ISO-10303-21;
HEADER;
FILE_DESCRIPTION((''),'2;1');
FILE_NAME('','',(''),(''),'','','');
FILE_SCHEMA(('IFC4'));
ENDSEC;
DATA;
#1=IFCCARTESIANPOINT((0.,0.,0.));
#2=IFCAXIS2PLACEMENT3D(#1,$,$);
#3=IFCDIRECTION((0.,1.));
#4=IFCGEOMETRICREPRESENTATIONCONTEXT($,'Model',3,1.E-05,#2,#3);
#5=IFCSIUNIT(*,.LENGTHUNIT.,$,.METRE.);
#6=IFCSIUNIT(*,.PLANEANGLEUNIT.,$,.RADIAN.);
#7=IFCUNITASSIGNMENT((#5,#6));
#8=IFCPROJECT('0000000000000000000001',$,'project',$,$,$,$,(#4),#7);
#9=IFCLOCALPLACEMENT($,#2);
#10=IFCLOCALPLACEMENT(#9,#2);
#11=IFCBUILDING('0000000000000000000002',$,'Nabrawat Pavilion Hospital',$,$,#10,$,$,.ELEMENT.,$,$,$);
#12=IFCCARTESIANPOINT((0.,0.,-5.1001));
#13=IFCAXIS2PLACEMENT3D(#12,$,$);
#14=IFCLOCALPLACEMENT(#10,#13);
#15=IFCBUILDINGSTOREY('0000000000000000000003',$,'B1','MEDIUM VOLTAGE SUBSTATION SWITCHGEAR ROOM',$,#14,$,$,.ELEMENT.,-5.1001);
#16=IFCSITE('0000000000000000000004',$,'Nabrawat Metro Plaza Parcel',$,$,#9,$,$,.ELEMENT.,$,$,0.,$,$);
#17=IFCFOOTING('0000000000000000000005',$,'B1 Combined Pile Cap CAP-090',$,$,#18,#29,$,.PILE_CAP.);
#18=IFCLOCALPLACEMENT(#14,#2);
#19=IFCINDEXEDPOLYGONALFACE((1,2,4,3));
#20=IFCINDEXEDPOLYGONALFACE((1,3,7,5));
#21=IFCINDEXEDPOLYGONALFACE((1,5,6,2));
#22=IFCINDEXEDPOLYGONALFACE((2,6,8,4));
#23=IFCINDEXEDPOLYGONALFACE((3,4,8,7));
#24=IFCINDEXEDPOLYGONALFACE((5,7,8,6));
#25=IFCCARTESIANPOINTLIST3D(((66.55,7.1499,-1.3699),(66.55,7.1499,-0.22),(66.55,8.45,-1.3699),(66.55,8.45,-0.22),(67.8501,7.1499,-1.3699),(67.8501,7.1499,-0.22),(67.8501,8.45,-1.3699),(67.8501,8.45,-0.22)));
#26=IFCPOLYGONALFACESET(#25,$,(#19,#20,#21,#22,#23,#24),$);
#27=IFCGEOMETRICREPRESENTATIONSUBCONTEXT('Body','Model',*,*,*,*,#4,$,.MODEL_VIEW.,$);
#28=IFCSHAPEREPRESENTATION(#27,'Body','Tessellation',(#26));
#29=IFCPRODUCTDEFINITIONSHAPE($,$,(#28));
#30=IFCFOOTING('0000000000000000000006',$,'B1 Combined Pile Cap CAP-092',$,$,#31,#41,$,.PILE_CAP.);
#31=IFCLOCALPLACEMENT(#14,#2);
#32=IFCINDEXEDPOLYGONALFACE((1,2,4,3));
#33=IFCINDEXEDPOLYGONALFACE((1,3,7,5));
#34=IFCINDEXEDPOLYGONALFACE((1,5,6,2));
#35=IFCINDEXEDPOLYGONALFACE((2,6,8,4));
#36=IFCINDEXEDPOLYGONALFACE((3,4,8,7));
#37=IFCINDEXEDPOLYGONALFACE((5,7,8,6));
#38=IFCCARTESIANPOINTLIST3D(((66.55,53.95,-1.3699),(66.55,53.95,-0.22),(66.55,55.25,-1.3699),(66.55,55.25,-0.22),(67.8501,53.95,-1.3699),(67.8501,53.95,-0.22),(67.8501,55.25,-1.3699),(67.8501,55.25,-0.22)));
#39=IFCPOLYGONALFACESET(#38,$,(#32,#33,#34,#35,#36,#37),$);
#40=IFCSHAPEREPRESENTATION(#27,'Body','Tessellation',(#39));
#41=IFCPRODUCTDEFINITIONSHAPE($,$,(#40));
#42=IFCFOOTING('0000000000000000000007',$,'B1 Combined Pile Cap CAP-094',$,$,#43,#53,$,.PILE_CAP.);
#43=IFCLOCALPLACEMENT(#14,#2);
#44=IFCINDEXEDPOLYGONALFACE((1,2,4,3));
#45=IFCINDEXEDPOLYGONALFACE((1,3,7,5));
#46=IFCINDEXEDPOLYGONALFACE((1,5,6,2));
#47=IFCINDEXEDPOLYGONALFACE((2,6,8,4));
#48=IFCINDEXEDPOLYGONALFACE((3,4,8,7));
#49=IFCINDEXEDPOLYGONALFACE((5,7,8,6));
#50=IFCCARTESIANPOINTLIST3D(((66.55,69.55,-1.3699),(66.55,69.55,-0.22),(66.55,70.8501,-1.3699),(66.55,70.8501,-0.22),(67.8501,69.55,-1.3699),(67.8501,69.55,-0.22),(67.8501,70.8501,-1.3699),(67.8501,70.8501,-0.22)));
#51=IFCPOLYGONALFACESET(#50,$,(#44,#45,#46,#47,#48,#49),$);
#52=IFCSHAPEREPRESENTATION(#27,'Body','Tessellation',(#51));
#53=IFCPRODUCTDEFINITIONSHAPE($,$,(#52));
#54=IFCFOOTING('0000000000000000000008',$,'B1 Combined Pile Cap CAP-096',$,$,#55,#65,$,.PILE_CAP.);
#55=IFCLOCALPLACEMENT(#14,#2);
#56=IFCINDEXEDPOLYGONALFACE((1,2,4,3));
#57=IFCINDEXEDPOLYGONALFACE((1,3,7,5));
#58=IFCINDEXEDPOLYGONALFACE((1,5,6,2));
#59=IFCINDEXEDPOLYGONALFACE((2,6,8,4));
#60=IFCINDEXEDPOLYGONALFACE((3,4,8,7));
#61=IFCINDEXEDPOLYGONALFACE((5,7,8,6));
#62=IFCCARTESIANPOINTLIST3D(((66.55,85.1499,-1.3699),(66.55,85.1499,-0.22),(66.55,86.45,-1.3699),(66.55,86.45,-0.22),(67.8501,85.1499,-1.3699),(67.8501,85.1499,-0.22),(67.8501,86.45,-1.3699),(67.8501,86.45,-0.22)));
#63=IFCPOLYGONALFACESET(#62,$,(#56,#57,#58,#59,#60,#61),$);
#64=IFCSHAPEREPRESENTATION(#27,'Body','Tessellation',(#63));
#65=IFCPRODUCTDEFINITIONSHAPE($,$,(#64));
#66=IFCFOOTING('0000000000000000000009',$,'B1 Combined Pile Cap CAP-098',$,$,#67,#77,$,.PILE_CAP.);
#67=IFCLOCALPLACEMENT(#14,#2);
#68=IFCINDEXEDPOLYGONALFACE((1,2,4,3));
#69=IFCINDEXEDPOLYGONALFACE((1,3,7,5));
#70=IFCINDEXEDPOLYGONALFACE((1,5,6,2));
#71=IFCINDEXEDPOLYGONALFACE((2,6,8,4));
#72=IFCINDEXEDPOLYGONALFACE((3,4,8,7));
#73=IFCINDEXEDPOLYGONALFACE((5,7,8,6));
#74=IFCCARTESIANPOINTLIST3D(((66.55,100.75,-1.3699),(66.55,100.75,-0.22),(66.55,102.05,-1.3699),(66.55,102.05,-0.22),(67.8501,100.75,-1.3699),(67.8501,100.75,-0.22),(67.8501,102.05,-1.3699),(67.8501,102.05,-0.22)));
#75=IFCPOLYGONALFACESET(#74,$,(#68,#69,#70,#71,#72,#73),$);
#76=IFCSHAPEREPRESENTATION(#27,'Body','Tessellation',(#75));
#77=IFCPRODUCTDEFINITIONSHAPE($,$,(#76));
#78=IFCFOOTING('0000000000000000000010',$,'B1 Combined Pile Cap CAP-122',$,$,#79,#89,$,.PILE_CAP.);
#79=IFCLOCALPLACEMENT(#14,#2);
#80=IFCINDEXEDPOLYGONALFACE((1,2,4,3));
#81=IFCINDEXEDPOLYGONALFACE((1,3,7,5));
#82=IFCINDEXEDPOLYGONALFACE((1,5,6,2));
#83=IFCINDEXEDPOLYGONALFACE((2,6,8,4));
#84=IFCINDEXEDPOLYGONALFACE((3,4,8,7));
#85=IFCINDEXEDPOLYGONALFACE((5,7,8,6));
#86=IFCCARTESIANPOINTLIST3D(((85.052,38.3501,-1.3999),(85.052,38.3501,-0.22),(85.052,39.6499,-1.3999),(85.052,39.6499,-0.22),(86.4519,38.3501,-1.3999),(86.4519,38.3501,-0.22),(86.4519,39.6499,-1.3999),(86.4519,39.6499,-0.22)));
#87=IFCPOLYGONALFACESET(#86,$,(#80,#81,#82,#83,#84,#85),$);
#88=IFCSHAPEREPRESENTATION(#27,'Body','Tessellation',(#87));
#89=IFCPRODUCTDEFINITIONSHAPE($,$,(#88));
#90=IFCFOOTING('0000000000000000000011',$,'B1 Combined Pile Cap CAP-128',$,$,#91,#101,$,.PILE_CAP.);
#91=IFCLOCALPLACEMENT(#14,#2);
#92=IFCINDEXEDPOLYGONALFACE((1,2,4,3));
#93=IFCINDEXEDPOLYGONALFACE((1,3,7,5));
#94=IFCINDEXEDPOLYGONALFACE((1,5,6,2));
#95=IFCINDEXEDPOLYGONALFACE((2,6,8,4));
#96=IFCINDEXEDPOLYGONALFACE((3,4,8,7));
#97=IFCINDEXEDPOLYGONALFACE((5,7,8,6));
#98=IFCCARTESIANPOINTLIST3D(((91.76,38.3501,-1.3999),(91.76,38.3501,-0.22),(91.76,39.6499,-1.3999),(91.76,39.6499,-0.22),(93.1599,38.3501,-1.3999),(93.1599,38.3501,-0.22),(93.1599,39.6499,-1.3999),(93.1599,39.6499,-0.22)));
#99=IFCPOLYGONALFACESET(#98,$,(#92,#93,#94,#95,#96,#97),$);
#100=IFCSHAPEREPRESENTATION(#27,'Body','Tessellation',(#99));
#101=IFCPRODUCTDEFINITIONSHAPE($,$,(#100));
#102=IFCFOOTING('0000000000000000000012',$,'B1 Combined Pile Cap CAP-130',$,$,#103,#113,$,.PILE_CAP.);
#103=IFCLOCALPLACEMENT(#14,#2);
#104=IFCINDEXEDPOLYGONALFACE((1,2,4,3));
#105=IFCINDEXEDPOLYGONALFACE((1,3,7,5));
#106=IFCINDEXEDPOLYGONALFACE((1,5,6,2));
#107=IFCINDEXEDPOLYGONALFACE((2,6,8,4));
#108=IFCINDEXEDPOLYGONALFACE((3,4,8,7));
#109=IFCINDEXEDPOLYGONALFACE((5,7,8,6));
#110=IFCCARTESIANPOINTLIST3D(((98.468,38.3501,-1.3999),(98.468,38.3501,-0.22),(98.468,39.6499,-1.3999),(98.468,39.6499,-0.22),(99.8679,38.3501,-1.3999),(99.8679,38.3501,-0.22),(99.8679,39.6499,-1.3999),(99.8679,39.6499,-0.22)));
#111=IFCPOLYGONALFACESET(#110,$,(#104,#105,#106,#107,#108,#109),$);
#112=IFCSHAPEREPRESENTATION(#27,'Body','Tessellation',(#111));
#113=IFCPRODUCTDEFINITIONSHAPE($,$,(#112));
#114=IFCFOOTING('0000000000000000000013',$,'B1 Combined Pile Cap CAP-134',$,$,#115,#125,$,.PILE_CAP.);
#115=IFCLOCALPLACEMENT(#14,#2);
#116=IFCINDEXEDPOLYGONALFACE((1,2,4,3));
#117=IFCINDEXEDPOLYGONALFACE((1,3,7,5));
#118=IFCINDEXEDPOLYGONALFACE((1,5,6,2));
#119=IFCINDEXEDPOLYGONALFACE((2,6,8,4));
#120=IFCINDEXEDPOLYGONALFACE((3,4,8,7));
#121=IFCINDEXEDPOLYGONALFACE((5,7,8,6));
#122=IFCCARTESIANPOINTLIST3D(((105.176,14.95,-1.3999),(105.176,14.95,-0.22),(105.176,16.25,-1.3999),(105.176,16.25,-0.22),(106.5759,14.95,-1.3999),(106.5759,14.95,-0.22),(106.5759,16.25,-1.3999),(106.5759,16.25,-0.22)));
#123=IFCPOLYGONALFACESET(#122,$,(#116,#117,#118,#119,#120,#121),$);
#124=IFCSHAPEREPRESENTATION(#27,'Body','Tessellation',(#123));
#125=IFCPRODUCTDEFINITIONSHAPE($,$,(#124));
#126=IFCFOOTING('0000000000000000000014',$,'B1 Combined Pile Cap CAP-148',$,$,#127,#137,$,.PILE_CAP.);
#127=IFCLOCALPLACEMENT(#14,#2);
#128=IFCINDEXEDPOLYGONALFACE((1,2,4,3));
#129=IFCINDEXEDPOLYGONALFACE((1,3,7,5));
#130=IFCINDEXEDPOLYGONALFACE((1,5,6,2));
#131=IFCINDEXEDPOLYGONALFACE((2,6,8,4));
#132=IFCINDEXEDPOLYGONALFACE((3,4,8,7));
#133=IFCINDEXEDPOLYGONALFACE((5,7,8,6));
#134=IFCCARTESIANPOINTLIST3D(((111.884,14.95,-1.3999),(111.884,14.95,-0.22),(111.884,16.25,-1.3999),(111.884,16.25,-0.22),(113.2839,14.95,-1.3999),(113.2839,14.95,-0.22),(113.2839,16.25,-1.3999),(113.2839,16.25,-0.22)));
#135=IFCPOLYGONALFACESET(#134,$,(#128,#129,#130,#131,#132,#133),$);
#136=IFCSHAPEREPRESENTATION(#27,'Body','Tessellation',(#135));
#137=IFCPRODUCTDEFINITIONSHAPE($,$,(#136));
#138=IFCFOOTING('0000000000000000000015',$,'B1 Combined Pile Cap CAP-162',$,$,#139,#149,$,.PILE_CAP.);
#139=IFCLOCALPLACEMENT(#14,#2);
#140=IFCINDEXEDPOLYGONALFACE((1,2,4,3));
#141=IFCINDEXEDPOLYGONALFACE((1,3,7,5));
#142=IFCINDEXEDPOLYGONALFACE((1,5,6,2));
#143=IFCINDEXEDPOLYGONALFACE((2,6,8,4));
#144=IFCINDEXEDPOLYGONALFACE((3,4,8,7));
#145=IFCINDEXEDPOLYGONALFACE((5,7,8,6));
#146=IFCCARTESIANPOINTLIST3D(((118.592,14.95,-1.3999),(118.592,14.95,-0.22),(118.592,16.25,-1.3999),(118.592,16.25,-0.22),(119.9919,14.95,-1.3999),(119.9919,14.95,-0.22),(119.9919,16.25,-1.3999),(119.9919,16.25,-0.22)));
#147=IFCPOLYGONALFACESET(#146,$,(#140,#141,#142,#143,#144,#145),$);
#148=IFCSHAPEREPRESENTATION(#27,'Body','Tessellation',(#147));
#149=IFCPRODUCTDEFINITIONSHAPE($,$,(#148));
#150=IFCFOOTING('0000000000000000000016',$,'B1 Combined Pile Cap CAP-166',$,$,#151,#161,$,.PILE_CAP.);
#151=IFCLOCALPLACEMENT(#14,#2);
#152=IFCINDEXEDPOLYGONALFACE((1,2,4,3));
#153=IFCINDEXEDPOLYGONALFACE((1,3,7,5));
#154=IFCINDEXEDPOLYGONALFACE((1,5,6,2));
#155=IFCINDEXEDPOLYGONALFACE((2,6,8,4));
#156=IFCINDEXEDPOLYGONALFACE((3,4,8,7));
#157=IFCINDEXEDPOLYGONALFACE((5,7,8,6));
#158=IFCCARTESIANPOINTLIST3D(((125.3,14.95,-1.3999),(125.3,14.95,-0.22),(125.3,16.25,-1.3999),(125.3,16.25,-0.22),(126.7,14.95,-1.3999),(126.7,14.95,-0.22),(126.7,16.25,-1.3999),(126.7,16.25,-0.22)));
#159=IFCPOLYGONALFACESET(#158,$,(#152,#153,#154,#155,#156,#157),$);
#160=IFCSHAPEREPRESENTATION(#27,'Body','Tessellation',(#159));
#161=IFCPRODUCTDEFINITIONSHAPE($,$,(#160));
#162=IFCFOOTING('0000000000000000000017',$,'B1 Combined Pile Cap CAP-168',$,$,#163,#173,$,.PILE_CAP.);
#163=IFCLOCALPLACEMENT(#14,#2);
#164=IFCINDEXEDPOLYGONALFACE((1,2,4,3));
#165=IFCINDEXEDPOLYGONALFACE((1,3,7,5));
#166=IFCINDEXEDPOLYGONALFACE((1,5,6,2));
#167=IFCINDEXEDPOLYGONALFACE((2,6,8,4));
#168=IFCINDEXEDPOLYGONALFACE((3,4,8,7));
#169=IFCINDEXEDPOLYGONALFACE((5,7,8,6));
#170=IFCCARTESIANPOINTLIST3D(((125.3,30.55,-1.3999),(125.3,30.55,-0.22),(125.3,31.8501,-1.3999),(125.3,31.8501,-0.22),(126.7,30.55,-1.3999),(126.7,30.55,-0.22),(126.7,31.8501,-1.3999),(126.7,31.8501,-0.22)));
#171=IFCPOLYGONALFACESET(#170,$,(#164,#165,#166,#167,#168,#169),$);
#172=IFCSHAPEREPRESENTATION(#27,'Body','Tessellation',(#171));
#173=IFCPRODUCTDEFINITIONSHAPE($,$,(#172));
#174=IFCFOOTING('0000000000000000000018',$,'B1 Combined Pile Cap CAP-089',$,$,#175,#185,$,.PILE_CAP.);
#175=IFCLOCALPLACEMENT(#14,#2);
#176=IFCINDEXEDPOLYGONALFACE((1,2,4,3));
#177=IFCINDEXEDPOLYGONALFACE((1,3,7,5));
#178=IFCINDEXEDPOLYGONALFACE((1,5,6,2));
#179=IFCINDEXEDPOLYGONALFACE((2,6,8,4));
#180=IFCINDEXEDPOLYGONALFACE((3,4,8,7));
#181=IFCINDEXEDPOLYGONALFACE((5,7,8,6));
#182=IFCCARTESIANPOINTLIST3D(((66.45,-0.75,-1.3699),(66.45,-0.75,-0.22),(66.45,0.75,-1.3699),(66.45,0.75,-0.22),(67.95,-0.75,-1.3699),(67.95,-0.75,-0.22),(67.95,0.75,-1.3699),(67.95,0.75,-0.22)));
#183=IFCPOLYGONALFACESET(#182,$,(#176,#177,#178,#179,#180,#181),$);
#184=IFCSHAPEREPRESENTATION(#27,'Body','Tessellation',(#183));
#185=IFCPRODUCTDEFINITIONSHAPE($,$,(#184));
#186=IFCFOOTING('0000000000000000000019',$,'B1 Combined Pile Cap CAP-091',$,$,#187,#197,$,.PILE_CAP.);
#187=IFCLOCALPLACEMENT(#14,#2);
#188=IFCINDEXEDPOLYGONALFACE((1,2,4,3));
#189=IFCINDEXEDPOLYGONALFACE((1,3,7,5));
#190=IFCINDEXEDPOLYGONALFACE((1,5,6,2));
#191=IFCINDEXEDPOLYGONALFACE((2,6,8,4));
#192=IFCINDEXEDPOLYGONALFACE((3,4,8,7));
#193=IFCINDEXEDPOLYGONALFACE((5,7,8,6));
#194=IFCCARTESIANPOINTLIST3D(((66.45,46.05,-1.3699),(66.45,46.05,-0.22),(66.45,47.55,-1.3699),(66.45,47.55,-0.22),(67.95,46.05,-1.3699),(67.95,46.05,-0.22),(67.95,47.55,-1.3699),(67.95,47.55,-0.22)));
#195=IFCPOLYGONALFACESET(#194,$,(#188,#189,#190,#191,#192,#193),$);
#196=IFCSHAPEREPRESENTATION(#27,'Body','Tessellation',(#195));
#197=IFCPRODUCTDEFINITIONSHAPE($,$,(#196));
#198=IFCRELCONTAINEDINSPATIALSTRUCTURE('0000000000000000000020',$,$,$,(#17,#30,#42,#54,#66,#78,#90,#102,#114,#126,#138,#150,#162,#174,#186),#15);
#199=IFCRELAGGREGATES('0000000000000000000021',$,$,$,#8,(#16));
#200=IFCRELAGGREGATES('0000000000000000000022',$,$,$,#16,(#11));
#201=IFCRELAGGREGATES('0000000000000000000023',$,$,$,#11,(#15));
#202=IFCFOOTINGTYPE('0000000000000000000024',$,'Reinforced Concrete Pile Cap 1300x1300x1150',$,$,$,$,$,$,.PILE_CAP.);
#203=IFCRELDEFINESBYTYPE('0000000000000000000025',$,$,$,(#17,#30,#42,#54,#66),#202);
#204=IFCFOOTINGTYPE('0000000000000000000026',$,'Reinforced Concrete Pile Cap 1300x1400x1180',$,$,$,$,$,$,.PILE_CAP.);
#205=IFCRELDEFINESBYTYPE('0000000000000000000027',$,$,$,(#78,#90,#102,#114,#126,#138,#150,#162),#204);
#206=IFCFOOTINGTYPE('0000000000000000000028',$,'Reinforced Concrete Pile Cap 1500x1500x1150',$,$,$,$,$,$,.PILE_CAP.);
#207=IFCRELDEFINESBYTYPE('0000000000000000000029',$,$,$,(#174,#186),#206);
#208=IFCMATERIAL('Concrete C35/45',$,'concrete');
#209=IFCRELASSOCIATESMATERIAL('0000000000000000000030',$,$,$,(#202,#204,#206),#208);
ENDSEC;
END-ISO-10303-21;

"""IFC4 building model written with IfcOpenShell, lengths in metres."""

from ifc_helpers import new_model, si_unit, direction, frame, origin, place, context, subcontext, project, spatial, polyline, outline, extrude, material, type_object, element, save


model = new_model("IFC4")

# Units and contexts
model_context = context("Model", 3, precision=1e-05, world=origin(), true_north=direction((0.0, 1.0)))
body_context = subcontext(model_context, "Body", "Model", "MODEL_VIEW")
ifc_project = project(units=[si_unit("LENGTHUNIT", "METRE"), si_unit("PLANEANGLEUNIT", "RADIAN")], contexts=[model_context])

# Site, building, storey
site_placement = place(None, origin())
site = spatial("IfcSite", under=ifc_project, at=site_placement, Name="Nabrawat Metro Plaza Parcel", CompositionType="ELEMENT", RefElevation=0.0)
building_placement = place(site_placement, origin())
building = spatial("IfcBuilding", under=site, at=building_placement, Name="Nabrawat Pavilion Hospital", CompositionType="ELEMENT")
storey_placement = place(building_placement, frame((0.0, 0.0, -5.1001)))
storey = spatial("IfcBuildingStorey", under=building, at=storey_placement, Name="B1", Description="MEDIUM VOLTAGE SUBSTATION SWITCHGEAR ROOM", CompositionType="ELEMENT", Elevation=-5.1001)

# Footings
ifc_material = material(Name="Concrete C35/45", Category="concrete")
footing_type_1 = type_object("IfcFootingType", Name="Reinforced Concrete Pile Cap 1300x1300x1150", PredefinedType="PILE_CAP", material=ifc_material)
footing_1_placement = place(storey_placement, frame((0.0, 0.0, -1.3699)))
element("IfcFooting", 1, at=footing_1_placement, inside=storey, type_object=footing_type_1, Name="B1 Combined Pile Cap CAP-090", PredefinedType="PILE_CAP", context=body_context, shape_type="SweptSolid", body=[
    extrude(outline(polyline([(67.8501, 7.1499), (67.8501, 8.45), (66.55, 8.45), (66.55, 7.1499), (67.8501, 7.1499)])), origin(), (0.0, 0.0, 1.0), 1.1499),
])
footing_2_placement = place(storey_placement, frame((0.0, 0.0, -1.3699)))
element("IfcFooting", 2, at=footing_2_placement, inside=storey, type_object=footing_type_1, Name="B1 Combined Pile Cap CAP-092", PredefinedType="PILE_CAP", context=body_context, shape_type="SweptSolid", body=[
    extrude(outline(polyline([(67.8501, 53.95), (67.8501, 55.25), (66.55, 55.25), (66.55, 53.95), (67.8501, 53.95)])), origin(), (0.0, 0.0, 1.0), 1.1499),
])
footing_3_placement = place(storey_placement, frame((0.0, 0.0, -1.3699)))
element("IfcFooting", 3, at=footing_3_placement, inside=storey, type_object=footing_type_1, Name="B1 Combined Pile Cap CAP-094", PredefinedType="PILE_CAP", context=body_context, shape_type="SweptSolid", body=[
    extrude(outline(polyline([(67.8501, 69.55), (67.8501, 70.8501), (66.55, 70.8501), (66.55, 69.55), (67.8501, 69.55)])), origin(), (0.0, 0.0, 1.0), 1.1499),
])
footing_4_placement = place(storey_placement, frame((0.0, 0.0, -1.3699)))
element("IfcFooting", 4, at=footing_4_placement, inside=storey, type_object=footing_type_1, Name="B1 Combined Pile Cap CAP-096", PredefinedType="PILE_CAP", context=body_context, shape_type="SweptSolid", body=[
    extrude(outline(polyline([(67.8501, 85.1499), (67.8501, 86.45), (66.55, 86.45), (66.55, 85.1499), (67.8501, 85.1499)])), origin(), (0.0, 0.0, 1.0), 1.1499),
])
footing_5_placement = place(storey_placement, frame((0.0, 0.0, -1.3699)))
element("IfcFooting", 5, at=footing_5_placement, inside=storey, type_object=footing_type_1, Name="B1 Combined Pile Cap CAP-098", PredefinedType="PILE_CAP", context=body_context, shape_type="SweptSolid", body=[
    extrude(outline(polyline([(67.8501, 100.75), (67.8501, 102.05), (66.55, 102.05), (66.55, 100.75), (67.8501, 100.75)])), origin(), (0.0, 0.0, 1.0), 1.1499),
])
footing_type_2 = type_object("IfcFootingType", Name="Reinforced Concrete Pile Cap 1300x1400x1180", PredefinedType="PILE_CAP", material=ifc_material)
footing_6_placement = place(storey_placement, frame((0.0, 0.0, -1.3999)))
element("IfcFooting", 6, at=footing_6_placement, inside=storey, type_object=footing_type_2, Name="B1 Combined Pile Cap CAP-122", PredefinedType="PILE_CAP", context=body_context, shape_type="SweptSolid", body=[
    extrude(outline(polyline([(86.4519, 38.3501), (86.4519, 39.6499), (85.052, 39.6499), (85.052, 38.3501), (86.4519, 38.3501)])), origin(), (0.0, 0.0, 1.0), 1.1799),
])
footing_7_placement = place(storey_placement, frame((0.0, 0.0, -1.3999)))
element("IfcFooting", 7, at=footing_7_placement, inside=storey, type_object=footing_type_2, Name="B1 Combined Pile Cap CAP-128", PredefinedType="PILE_CAP", context=body_context, shape_type="SweptSolid", body=[
    extrude(outline(polyline([(93.1599, 38.3501), (93.1599, 39.6499), (91.76, 39.6499), (91.76, 38.3501), (93.1599, 38.3501)])), origin(), (0.0, 0.0, 1.0), 1.1799),
])
footing_8_placement = place(storey_placement, frame((0.0, 0.0, -1.3999)))
element("IfcFooting", 8, at=footing_8_placement, inside=storey, type_object=footing_type_2, Name="B1 Combined Pile Cap CAP-130", PredefinedType="PILE_CAP", context=body_context, shape_type="SweptSolid", body=[
    extrude(outline(polyline([(99.8679, 38.3501), (99.8679, 39.6499), (98.468, 39.6499), (98.468, 38.3501), (99.8679, 38.3501)])), origin(), (0.0, 0.0, 1.0), 1.1799),
])
footing_9_placement = place(storey_placement, frame((0.0, 0.0, -1.3999)))
element("IfcFooting", 9, at=footing_9_placement, inside=storey, type_object=footing_type_2, Name="B1 Combined Pile Cap CAP-134", PredefinedType="PILE_CAP", context=body_context, shape_type="SweptSolid", body=[
    extrude(outline(polyline([(106.5759, 14.95), (106.5759, 16.25), (105.176, 16.25), (105.176, 14.95), (106.5759, 14.95)])), origin(), (0.0, 0.0, 1.0), 1.1799),
])
footing_10_placement = place(storey_placement, frame((0.0, 0.0, -1.3999)))
element("IfcFooting", 10, at=footing_10_placement, inside=storey, type_object=footing_type_2, Name="B1 Combined Pile Cap CAP-148", PredefinedType="PILE_CAP", context=body_context, shape_type="SweptSolid", body=[
    extrude(outline(polyline([(113.2839, 14.95), (113.2839, 16.25), (111.884, 16.25), (111.884, 14.95), (113.2839, 14.95)])), origin(), (0.0, 0.0, 1.0), 1.1799),
])
footing_11_placement = place(storey_placement, frame((0.0, 0.0, -1.3999)))
element("IfcFooting", 11, at=footing_11_placement, inside=storey, type_object=footing_type_2, Name="B1 Combined Pile Cap CAP-162", PredefinedType="PILE_CAP", context=body_context, shape_type="SweptSolid", body=[
    extrude(outline(polyline([(119.9919, 14.95), (119.9919, 16.25), (118.592, 16.25), (118.592, 14.95), (119.9919, 14.95)])), origin(), (0.0, 0.0, 1.0), 1.1799),
])
footing_12_placement = place(storey_placement, frame((0.0, 0.0, -1.3999)))
element("IfcFooting", 12, at=footing_12_placement, inside=storey, type_object=footing_type_2, Name="B1 Combined Pile Cap CAP-166", PredefinedType="PILE_CAP", context=body_context, shape_type="SweptSolid", body=[
    extrude(outline(polyline([(126.7, 14.95), (126.7, 16.25), (125.3, 16.25), (125.3, 14.95), (126.7, 14.95)])), origin(), (0.0, 0.0, 1.0), 1.1799),
])
footing_13_placement = place(storey_placement, frame((0.0, 0.0, -1.3999)))
element("IfcFooting", 13, at=footing_13_placement, inside=storey, type_object=footing_type_2, Name="B1 Combined Pile Cap CAP-168", PredefinedType="PILE_CAP", context=body_context, shape_type="SweptSolid", body=[
    extrude(outline(polyline([(126.7, 30.55), (126.7, 31.8501), (125.3, 31.8501), (125.3, 30.55), (126.7, 30.55)])), origin(), (0.0, 0.0, 1.0), 1.1799),
])
footing_type_3 = type_object("IfcFootingType", Name="Reinforced Concrete Pile Cap 1500x1500x1150", PredefinedType="PILE_CAP", material=ifc_material)
footing_14_placement = place(storey_placement, frame((0.0, 0.0, -1.3699)))
element("IfcFooting", 14, at=footing_14_placement, inside=storey, type_object=footing_type_3, Name="B1 Combined Pile Cap CAP-089", PredefinedType="PILE_CAP", context=body_context, shape_type="SweptSolid", body=[
    extrude(outline(polyline([(67.95, -0.75), (67.95, 0.75), (66.45, 0.75), (66.45, -0.75), (67.95, -0.75)])), origin(), (0.0, 0.0, 1.0), 1.1499),
])
footing_15_placement = place(storey_placement, frame((0.0, 0.0, -1.3699)))
element("IfcFooting", 15, at=footing_15_placement, inside=storey, type_object=footing_type_3, Name="B1 Combined Pile Cap CAP-091", PredefinedType="PILE_CAP", context=body_context, shape_type="SweptSolid", body=[
    extrude(outline(polyline([(67.95, 46.05), (67.95, 47.55), (66.45, 47.55), (66.45, 46.05), (67.95, 46.05)])), origin(), (0.0, 0.0, 1.0), 1.1499),
])

save(model, "model.ifc")
